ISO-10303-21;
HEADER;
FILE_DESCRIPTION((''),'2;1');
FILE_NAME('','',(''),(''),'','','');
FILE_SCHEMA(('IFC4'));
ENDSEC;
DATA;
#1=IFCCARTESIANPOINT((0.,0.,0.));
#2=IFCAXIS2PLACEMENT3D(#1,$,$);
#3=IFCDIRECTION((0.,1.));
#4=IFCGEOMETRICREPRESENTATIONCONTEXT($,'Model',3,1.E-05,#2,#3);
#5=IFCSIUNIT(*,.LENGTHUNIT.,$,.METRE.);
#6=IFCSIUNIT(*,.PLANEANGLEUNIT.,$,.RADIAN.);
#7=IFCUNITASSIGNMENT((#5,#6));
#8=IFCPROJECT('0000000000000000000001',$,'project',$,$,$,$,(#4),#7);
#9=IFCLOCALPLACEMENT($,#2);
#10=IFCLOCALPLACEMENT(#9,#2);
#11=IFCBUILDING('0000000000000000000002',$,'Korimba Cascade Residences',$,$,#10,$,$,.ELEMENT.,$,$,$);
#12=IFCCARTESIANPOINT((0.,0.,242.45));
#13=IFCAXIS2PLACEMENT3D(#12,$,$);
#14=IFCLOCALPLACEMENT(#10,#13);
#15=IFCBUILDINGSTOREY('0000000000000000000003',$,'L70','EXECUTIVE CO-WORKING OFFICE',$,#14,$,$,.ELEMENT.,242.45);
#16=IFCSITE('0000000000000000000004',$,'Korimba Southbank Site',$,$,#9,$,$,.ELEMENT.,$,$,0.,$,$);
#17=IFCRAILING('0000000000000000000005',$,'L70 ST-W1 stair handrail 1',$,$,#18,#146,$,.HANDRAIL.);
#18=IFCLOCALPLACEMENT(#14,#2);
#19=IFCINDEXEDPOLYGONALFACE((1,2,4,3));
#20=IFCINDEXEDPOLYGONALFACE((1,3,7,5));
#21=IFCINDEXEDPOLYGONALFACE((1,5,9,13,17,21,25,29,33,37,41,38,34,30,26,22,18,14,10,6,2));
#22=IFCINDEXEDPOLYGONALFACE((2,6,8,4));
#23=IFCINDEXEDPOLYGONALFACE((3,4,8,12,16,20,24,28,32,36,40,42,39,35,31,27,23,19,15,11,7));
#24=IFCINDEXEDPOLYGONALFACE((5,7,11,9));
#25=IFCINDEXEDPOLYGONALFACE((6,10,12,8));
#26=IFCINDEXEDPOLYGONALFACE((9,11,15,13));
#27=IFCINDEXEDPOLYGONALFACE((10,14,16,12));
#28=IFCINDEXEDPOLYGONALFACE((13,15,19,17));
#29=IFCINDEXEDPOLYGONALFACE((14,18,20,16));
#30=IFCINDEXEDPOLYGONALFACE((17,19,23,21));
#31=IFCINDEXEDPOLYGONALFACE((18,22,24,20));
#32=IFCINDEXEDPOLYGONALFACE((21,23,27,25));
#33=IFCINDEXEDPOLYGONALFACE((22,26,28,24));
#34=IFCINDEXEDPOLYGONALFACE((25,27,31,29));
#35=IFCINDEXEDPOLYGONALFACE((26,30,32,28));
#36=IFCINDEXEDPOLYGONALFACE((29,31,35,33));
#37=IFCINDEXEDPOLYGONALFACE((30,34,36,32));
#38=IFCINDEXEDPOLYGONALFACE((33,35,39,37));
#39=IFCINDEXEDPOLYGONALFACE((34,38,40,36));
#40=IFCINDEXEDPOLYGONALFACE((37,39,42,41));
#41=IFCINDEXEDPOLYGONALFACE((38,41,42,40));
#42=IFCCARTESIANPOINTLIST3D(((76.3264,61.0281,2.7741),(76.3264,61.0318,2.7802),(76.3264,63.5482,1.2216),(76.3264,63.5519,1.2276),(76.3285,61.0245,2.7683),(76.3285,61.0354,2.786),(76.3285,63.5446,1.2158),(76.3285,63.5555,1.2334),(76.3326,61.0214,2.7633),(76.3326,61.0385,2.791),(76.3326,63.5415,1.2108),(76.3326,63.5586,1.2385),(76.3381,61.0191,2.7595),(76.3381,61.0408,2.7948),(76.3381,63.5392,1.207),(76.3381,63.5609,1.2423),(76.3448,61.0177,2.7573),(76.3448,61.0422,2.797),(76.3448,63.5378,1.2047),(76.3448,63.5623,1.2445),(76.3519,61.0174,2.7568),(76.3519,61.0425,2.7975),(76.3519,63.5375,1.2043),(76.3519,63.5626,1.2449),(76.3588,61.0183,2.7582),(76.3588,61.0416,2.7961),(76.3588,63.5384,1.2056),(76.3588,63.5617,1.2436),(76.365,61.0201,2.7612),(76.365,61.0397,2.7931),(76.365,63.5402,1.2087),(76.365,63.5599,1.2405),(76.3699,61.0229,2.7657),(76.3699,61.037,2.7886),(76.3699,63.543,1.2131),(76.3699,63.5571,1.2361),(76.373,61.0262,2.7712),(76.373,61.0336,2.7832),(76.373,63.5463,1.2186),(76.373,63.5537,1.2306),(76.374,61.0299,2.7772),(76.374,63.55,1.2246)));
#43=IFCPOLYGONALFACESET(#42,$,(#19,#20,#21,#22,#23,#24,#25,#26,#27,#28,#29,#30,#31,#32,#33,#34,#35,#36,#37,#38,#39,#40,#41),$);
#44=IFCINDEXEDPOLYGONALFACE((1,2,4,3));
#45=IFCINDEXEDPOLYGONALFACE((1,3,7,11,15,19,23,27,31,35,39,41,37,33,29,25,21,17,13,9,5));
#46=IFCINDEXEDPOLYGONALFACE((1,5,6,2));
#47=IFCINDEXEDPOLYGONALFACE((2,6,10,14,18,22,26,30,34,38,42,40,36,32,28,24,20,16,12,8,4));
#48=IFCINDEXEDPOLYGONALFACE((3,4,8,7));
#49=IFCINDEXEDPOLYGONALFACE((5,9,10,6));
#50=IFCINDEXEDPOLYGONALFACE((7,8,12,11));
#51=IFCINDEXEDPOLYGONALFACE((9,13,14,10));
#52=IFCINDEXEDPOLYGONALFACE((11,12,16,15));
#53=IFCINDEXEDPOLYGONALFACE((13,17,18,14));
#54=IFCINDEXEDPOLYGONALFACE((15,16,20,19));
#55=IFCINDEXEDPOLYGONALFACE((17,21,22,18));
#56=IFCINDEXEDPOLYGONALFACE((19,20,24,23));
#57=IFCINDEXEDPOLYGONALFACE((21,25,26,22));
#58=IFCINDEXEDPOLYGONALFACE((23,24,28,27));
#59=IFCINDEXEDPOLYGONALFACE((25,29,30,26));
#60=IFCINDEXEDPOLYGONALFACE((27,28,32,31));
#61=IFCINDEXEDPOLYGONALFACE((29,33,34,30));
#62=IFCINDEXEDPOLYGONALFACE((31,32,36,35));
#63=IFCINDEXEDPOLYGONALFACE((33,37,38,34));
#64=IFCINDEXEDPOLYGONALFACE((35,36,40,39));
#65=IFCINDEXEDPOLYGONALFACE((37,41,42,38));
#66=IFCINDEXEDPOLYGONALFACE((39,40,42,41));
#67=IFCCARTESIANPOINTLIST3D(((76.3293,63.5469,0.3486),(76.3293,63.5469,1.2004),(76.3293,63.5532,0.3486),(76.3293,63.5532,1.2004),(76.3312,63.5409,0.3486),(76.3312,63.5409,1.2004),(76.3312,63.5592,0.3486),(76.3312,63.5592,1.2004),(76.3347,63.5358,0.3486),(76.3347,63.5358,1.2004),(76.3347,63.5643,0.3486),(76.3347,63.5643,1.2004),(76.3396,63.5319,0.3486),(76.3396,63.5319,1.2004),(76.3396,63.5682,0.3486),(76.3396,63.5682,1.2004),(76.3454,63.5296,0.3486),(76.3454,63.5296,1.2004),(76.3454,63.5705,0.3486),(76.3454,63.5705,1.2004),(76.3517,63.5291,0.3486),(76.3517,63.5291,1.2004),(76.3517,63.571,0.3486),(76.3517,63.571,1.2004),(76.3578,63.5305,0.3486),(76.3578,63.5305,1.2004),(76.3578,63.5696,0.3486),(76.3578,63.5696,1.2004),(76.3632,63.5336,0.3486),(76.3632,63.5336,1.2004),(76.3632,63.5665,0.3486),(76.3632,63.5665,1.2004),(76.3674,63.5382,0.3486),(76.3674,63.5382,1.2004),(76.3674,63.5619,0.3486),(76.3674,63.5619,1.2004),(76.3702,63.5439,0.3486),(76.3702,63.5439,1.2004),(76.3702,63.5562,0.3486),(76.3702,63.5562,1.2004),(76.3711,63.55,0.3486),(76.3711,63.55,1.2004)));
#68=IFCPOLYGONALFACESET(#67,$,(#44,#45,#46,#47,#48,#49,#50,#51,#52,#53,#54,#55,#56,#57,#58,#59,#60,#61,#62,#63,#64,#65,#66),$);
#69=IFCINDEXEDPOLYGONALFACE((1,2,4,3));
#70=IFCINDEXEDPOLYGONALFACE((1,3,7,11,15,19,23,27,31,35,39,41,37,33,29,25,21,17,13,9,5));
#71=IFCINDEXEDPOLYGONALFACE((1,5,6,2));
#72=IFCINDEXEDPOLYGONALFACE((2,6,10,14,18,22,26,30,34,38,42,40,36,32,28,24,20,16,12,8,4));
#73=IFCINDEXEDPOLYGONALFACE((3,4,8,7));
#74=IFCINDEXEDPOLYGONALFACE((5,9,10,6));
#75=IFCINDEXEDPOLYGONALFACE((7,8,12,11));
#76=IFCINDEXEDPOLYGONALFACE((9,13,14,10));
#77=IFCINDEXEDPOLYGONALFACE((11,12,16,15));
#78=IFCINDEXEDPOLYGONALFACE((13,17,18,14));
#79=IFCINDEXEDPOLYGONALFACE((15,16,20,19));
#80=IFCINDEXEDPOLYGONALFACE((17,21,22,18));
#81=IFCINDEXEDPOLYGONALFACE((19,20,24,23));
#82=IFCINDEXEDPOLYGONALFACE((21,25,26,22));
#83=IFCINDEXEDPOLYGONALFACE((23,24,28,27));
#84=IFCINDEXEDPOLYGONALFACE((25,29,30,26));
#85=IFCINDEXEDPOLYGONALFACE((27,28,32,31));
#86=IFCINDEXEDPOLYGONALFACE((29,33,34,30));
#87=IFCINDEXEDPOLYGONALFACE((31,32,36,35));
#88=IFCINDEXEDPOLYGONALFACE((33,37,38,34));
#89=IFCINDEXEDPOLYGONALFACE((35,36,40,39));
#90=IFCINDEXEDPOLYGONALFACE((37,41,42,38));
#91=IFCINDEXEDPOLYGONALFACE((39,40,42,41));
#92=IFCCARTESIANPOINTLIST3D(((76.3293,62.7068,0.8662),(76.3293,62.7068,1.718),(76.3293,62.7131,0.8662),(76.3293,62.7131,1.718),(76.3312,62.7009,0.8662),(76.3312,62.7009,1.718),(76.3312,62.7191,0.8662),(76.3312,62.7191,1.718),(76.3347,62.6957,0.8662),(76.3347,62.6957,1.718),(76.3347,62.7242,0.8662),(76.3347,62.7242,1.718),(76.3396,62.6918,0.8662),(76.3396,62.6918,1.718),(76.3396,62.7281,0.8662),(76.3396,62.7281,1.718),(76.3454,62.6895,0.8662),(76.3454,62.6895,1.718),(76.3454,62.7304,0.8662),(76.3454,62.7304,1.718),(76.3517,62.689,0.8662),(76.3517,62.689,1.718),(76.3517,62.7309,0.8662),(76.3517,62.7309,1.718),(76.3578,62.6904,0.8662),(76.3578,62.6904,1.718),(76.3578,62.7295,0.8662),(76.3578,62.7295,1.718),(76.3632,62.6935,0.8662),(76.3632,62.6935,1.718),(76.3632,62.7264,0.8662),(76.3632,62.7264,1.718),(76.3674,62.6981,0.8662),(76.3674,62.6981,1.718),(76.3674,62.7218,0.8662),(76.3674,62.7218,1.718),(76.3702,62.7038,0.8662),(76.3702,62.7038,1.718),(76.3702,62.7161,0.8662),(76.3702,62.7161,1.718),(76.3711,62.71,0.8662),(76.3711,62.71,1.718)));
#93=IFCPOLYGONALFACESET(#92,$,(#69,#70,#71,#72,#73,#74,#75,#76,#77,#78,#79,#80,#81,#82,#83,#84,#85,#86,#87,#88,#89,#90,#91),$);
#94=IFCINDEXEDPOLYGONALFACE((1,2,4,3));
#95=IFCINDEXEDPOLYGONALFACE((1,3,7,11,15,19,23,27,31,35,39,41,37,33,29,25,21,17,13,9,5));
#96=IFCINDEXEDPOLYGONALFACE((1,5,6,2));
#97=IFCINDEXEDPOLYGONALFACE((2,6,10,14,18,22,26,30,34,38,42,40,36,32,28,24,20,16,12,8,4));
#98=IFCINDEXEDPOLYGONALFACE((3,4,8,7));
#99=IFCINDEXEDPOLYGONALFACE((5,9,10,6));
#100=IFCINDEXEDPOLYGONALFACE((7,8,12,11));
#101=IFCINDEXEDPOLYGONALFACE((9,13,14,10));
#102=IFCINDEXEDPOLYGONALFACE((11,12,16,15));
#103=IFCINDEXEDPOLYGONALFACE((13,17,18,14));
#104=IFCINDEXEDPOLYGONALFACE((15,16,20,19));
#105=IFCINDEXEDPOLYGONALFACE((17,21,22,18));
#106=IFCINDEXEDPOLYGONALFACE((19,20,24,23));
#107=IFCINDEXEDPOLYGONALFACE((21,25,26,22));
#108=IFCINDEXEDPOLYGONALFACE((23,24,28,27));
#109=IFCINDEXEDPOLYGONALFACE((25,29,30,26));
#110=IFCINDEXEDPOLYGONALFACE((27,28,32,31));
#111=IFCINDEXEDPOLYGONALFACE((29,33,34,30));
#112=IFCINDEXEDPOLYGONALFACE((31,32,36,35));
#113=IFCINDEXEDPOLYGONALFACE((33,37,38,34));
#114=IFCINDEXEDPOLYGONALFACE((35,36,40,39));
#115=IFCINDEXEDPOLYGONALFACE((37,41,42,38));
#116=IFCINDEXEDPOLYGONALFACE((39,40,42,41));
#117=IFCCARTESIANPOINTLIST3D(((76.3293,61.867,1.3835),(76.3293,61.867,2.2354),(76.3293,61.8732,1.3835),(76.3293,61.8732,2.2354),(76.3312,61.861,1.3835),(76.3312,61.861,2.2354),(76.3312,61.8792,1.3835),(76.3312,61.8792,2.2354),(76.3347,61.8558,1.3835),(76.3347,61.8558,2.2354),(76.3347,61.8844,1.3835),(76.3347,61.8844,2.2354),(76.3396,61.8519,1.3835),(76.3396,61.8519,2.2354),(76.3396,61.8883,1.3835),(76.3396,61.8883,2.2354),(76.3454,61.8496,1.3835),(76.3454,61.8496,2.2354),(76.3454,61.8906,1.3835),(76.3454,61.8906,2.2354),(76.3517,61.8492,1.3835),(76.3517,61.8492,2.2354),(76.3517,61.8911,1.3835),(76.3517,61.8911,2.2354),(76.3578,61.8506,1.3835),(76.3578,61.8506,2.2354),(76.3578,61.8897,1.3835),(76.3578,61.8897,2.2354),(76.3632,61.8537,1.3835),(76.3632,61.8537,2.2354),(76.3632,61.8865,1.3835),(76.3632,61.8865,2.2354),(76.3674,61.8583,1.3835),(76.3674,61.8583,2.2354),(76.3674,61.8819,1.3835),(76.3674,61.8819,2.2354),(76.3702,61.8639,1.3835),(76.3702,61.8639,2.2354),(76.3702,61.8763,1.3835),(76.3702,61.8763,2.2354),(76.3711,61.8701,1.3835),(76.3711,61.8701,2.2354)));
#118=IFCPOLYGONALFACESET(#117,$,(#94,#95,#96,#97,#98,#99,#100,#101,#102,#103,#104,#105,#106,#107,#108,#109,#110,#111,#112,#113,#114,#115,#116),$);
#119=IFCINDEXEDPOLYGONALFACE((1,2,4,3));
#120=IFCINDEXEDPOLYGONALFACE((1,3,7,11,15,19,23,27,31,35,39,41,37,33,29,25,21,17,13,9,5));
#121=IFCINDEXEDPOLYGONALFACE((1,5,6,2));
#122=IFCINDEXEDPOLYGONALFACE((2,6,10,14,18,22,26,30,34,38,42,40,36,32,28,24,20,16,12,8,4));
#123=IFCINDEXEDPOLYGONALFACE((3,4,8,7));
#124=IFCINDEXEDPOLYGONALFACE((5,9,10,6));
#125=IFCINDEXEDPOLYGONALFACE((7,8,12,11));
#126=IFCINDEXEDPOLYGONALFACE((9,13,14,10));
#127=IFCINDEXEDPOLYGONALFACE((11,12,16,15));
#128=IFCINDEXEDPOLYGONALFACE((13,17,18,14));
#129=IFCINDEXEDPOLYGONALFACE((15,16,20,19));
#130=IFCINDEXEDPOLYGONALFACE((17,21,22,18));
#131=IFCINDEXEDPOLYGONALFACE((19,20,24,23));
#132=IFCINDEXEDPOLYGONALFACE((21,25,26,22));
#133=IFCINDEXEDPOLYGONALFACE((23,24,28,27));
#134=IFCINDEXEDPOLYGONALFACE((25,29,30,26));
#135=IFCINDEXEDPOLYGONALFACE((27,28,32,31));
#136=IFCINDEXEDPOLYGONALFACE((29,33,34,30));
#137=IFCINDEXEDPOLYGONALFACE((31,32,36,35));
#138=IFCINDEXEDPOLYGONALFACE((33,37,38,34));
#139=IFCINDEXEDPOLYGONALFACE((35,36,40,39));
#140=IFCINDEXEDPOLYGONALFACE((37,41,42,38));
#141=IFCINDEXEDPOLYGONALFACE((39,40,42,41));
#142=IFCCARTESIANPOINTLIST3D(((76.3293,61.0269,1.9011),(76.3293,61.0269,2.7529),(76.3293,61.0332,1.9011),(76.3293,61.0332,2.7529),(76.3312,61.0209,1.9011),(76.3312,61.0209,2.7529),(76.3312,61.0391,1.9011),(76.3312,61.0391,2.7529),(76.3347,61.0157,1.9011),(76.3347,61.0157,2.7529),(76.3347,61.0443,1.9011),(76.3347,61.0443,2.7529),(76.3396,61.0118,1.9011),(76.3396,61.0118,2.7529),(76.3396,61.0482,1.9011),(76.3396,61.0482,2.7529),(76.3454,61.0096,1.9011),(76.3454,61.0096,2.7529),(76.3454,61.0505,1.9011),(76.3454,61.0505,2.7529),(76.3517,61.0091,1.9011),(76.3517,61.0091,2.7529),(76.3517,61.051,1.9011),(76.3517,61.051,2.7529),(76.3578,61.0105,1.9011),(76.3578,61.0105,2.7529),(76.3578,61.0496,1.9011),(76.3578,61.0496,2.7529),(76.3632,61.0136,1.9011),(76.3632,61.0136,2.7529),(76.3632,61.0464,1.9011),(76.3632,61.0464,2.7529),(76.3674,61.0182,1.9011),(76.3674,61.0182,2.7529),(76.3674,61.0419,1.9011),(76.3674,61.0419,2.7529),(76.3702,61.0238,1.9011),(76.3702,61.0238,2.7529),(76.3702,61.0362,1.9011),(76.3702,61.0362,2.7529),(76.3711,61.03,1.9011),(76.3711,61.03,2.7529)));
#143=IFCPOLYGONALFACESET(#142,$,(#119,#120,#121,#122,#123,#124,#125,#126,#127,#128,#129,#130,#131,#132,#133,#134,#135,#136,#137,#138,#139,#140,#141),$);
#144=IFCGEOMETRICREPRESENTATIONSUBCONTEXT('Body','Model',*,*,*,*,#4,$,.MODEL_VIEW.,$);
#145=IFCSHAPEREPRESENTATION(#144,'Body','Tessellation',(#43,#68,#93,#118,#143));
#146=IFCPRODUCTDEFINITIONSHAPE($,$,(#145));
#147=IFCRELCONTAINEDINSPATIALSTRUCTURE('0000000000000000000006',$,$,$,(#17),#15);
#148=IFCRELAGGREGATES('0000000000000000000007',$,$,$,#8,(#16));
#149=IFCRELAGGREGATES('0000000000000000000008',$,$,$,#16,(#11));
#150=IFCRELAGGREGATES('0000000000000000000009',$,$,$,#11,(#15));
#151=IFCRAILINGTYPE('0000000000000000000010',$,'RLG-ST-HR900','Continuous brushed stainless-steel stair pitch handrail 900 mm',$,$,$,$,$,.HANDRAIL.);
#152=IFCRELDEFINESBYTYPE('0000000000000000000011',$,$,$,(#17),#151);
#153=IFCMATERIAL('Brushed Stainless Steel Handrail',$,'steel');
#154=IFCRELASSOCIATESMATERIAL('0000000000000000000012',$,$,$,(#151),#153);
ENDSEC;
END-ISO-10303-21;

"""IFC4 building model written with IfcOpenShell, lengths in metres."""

from ifc_helpers import new_model, si_unit, direction, frame, origin, origin_2d, place, context, subcontext, project, spatial, circle, extrude, material, type_object, element, save


model = new_model("IFC4")

# Units and contexts
model_context = context("Model", 3, precision=1e-05, world=origin(), true_north=direction((0.0, 1.0)))
body_context = subcontext(model_context, "Body", "Model", "MODEL_VIEW")
ifc_project = project(units=[si_unit("LENGTHUNIT", "METRE"), si_unit("PLANEANGLEUNIT", "RADIAN")], contexts=[model_context])

# Site, building, storey
site_placement = place(None, origin())
site = spatial("IfcSite", under=ifc_project, at=site_placement, Name="Korimba Southbank Site", CompositionType="ELEMENT", RefElevation=0.0)
building_placement = place(site_placement, origin())
building = spatial("IfcBuilding", under=site, at=building_placement, Name="Korimba Cascade Residences", CompositionType="ELEMENT")
storey_placement = place(building_placement, frame((0.0, 0.0, 242.45)))
storey = spatial("IfcBuildingStorey", under=building, at=storey_placement, Name="L70", Description="EXECUTIVE CO-WORKING OFFICE", CompositionType="ELEMENT", Elevation=242.45)

# Railing
ifc_material_1 = material(Name="Brushed Stainless Steel Handrail", Category="steel")
railing_type_1 = type_object("IfcRailingType", Name="RLG-ST-HR900", Description="Continuous brushed stainless-steel stair pitch handrail 900 mm", PredefinedType="HANDRAIL", material=ifc_material_1)
railing_1_placement = place(storey_placement, frame((76.3501, 63.55, 0.3486)))
element("IfcRailing", 1, at=railing_1_placement, inside=storey, type_object=railing_type_1, Name="L70 ST-W1 stair handrail 1", PredefinedType="HANDRAIL", context=body_context, shape_type="SweptSolid", body=[
    extrude(circle(Radius=0.0239, at=origin_2d()), frame((0.0, 0.0, 0.876), z_axis=(0.0, -0.8514, 0.524516), x_axis=(1.0, 0.0, 0.0)), (0.0, 0.0, 1.0), 2.96),
    extrude(circle(Radius=0.021, at=origin_2d()), origin(), (0.0, 0.0, 1.0), 0.8518),
    extrude(circle(Radius=0.021, at=origin_2d()), frame((0.0, -0.8401, 0.5176)), (0.0, 0.0, 1.0), 0.8518),
    extrude(circle(Radius=0.021, at=origin_2d()), frame((0.0, -1.6799, 1.0349)), (0.0, 0.0, 1.0), 0.8518),
    extrude(circle(Radius=0.021, at=origin_2d()), frame((0.0, -2.52, 1.5525)), (0.0, 0.0, 1.0), 0.8518),
])

save(model, "model.ifc")
